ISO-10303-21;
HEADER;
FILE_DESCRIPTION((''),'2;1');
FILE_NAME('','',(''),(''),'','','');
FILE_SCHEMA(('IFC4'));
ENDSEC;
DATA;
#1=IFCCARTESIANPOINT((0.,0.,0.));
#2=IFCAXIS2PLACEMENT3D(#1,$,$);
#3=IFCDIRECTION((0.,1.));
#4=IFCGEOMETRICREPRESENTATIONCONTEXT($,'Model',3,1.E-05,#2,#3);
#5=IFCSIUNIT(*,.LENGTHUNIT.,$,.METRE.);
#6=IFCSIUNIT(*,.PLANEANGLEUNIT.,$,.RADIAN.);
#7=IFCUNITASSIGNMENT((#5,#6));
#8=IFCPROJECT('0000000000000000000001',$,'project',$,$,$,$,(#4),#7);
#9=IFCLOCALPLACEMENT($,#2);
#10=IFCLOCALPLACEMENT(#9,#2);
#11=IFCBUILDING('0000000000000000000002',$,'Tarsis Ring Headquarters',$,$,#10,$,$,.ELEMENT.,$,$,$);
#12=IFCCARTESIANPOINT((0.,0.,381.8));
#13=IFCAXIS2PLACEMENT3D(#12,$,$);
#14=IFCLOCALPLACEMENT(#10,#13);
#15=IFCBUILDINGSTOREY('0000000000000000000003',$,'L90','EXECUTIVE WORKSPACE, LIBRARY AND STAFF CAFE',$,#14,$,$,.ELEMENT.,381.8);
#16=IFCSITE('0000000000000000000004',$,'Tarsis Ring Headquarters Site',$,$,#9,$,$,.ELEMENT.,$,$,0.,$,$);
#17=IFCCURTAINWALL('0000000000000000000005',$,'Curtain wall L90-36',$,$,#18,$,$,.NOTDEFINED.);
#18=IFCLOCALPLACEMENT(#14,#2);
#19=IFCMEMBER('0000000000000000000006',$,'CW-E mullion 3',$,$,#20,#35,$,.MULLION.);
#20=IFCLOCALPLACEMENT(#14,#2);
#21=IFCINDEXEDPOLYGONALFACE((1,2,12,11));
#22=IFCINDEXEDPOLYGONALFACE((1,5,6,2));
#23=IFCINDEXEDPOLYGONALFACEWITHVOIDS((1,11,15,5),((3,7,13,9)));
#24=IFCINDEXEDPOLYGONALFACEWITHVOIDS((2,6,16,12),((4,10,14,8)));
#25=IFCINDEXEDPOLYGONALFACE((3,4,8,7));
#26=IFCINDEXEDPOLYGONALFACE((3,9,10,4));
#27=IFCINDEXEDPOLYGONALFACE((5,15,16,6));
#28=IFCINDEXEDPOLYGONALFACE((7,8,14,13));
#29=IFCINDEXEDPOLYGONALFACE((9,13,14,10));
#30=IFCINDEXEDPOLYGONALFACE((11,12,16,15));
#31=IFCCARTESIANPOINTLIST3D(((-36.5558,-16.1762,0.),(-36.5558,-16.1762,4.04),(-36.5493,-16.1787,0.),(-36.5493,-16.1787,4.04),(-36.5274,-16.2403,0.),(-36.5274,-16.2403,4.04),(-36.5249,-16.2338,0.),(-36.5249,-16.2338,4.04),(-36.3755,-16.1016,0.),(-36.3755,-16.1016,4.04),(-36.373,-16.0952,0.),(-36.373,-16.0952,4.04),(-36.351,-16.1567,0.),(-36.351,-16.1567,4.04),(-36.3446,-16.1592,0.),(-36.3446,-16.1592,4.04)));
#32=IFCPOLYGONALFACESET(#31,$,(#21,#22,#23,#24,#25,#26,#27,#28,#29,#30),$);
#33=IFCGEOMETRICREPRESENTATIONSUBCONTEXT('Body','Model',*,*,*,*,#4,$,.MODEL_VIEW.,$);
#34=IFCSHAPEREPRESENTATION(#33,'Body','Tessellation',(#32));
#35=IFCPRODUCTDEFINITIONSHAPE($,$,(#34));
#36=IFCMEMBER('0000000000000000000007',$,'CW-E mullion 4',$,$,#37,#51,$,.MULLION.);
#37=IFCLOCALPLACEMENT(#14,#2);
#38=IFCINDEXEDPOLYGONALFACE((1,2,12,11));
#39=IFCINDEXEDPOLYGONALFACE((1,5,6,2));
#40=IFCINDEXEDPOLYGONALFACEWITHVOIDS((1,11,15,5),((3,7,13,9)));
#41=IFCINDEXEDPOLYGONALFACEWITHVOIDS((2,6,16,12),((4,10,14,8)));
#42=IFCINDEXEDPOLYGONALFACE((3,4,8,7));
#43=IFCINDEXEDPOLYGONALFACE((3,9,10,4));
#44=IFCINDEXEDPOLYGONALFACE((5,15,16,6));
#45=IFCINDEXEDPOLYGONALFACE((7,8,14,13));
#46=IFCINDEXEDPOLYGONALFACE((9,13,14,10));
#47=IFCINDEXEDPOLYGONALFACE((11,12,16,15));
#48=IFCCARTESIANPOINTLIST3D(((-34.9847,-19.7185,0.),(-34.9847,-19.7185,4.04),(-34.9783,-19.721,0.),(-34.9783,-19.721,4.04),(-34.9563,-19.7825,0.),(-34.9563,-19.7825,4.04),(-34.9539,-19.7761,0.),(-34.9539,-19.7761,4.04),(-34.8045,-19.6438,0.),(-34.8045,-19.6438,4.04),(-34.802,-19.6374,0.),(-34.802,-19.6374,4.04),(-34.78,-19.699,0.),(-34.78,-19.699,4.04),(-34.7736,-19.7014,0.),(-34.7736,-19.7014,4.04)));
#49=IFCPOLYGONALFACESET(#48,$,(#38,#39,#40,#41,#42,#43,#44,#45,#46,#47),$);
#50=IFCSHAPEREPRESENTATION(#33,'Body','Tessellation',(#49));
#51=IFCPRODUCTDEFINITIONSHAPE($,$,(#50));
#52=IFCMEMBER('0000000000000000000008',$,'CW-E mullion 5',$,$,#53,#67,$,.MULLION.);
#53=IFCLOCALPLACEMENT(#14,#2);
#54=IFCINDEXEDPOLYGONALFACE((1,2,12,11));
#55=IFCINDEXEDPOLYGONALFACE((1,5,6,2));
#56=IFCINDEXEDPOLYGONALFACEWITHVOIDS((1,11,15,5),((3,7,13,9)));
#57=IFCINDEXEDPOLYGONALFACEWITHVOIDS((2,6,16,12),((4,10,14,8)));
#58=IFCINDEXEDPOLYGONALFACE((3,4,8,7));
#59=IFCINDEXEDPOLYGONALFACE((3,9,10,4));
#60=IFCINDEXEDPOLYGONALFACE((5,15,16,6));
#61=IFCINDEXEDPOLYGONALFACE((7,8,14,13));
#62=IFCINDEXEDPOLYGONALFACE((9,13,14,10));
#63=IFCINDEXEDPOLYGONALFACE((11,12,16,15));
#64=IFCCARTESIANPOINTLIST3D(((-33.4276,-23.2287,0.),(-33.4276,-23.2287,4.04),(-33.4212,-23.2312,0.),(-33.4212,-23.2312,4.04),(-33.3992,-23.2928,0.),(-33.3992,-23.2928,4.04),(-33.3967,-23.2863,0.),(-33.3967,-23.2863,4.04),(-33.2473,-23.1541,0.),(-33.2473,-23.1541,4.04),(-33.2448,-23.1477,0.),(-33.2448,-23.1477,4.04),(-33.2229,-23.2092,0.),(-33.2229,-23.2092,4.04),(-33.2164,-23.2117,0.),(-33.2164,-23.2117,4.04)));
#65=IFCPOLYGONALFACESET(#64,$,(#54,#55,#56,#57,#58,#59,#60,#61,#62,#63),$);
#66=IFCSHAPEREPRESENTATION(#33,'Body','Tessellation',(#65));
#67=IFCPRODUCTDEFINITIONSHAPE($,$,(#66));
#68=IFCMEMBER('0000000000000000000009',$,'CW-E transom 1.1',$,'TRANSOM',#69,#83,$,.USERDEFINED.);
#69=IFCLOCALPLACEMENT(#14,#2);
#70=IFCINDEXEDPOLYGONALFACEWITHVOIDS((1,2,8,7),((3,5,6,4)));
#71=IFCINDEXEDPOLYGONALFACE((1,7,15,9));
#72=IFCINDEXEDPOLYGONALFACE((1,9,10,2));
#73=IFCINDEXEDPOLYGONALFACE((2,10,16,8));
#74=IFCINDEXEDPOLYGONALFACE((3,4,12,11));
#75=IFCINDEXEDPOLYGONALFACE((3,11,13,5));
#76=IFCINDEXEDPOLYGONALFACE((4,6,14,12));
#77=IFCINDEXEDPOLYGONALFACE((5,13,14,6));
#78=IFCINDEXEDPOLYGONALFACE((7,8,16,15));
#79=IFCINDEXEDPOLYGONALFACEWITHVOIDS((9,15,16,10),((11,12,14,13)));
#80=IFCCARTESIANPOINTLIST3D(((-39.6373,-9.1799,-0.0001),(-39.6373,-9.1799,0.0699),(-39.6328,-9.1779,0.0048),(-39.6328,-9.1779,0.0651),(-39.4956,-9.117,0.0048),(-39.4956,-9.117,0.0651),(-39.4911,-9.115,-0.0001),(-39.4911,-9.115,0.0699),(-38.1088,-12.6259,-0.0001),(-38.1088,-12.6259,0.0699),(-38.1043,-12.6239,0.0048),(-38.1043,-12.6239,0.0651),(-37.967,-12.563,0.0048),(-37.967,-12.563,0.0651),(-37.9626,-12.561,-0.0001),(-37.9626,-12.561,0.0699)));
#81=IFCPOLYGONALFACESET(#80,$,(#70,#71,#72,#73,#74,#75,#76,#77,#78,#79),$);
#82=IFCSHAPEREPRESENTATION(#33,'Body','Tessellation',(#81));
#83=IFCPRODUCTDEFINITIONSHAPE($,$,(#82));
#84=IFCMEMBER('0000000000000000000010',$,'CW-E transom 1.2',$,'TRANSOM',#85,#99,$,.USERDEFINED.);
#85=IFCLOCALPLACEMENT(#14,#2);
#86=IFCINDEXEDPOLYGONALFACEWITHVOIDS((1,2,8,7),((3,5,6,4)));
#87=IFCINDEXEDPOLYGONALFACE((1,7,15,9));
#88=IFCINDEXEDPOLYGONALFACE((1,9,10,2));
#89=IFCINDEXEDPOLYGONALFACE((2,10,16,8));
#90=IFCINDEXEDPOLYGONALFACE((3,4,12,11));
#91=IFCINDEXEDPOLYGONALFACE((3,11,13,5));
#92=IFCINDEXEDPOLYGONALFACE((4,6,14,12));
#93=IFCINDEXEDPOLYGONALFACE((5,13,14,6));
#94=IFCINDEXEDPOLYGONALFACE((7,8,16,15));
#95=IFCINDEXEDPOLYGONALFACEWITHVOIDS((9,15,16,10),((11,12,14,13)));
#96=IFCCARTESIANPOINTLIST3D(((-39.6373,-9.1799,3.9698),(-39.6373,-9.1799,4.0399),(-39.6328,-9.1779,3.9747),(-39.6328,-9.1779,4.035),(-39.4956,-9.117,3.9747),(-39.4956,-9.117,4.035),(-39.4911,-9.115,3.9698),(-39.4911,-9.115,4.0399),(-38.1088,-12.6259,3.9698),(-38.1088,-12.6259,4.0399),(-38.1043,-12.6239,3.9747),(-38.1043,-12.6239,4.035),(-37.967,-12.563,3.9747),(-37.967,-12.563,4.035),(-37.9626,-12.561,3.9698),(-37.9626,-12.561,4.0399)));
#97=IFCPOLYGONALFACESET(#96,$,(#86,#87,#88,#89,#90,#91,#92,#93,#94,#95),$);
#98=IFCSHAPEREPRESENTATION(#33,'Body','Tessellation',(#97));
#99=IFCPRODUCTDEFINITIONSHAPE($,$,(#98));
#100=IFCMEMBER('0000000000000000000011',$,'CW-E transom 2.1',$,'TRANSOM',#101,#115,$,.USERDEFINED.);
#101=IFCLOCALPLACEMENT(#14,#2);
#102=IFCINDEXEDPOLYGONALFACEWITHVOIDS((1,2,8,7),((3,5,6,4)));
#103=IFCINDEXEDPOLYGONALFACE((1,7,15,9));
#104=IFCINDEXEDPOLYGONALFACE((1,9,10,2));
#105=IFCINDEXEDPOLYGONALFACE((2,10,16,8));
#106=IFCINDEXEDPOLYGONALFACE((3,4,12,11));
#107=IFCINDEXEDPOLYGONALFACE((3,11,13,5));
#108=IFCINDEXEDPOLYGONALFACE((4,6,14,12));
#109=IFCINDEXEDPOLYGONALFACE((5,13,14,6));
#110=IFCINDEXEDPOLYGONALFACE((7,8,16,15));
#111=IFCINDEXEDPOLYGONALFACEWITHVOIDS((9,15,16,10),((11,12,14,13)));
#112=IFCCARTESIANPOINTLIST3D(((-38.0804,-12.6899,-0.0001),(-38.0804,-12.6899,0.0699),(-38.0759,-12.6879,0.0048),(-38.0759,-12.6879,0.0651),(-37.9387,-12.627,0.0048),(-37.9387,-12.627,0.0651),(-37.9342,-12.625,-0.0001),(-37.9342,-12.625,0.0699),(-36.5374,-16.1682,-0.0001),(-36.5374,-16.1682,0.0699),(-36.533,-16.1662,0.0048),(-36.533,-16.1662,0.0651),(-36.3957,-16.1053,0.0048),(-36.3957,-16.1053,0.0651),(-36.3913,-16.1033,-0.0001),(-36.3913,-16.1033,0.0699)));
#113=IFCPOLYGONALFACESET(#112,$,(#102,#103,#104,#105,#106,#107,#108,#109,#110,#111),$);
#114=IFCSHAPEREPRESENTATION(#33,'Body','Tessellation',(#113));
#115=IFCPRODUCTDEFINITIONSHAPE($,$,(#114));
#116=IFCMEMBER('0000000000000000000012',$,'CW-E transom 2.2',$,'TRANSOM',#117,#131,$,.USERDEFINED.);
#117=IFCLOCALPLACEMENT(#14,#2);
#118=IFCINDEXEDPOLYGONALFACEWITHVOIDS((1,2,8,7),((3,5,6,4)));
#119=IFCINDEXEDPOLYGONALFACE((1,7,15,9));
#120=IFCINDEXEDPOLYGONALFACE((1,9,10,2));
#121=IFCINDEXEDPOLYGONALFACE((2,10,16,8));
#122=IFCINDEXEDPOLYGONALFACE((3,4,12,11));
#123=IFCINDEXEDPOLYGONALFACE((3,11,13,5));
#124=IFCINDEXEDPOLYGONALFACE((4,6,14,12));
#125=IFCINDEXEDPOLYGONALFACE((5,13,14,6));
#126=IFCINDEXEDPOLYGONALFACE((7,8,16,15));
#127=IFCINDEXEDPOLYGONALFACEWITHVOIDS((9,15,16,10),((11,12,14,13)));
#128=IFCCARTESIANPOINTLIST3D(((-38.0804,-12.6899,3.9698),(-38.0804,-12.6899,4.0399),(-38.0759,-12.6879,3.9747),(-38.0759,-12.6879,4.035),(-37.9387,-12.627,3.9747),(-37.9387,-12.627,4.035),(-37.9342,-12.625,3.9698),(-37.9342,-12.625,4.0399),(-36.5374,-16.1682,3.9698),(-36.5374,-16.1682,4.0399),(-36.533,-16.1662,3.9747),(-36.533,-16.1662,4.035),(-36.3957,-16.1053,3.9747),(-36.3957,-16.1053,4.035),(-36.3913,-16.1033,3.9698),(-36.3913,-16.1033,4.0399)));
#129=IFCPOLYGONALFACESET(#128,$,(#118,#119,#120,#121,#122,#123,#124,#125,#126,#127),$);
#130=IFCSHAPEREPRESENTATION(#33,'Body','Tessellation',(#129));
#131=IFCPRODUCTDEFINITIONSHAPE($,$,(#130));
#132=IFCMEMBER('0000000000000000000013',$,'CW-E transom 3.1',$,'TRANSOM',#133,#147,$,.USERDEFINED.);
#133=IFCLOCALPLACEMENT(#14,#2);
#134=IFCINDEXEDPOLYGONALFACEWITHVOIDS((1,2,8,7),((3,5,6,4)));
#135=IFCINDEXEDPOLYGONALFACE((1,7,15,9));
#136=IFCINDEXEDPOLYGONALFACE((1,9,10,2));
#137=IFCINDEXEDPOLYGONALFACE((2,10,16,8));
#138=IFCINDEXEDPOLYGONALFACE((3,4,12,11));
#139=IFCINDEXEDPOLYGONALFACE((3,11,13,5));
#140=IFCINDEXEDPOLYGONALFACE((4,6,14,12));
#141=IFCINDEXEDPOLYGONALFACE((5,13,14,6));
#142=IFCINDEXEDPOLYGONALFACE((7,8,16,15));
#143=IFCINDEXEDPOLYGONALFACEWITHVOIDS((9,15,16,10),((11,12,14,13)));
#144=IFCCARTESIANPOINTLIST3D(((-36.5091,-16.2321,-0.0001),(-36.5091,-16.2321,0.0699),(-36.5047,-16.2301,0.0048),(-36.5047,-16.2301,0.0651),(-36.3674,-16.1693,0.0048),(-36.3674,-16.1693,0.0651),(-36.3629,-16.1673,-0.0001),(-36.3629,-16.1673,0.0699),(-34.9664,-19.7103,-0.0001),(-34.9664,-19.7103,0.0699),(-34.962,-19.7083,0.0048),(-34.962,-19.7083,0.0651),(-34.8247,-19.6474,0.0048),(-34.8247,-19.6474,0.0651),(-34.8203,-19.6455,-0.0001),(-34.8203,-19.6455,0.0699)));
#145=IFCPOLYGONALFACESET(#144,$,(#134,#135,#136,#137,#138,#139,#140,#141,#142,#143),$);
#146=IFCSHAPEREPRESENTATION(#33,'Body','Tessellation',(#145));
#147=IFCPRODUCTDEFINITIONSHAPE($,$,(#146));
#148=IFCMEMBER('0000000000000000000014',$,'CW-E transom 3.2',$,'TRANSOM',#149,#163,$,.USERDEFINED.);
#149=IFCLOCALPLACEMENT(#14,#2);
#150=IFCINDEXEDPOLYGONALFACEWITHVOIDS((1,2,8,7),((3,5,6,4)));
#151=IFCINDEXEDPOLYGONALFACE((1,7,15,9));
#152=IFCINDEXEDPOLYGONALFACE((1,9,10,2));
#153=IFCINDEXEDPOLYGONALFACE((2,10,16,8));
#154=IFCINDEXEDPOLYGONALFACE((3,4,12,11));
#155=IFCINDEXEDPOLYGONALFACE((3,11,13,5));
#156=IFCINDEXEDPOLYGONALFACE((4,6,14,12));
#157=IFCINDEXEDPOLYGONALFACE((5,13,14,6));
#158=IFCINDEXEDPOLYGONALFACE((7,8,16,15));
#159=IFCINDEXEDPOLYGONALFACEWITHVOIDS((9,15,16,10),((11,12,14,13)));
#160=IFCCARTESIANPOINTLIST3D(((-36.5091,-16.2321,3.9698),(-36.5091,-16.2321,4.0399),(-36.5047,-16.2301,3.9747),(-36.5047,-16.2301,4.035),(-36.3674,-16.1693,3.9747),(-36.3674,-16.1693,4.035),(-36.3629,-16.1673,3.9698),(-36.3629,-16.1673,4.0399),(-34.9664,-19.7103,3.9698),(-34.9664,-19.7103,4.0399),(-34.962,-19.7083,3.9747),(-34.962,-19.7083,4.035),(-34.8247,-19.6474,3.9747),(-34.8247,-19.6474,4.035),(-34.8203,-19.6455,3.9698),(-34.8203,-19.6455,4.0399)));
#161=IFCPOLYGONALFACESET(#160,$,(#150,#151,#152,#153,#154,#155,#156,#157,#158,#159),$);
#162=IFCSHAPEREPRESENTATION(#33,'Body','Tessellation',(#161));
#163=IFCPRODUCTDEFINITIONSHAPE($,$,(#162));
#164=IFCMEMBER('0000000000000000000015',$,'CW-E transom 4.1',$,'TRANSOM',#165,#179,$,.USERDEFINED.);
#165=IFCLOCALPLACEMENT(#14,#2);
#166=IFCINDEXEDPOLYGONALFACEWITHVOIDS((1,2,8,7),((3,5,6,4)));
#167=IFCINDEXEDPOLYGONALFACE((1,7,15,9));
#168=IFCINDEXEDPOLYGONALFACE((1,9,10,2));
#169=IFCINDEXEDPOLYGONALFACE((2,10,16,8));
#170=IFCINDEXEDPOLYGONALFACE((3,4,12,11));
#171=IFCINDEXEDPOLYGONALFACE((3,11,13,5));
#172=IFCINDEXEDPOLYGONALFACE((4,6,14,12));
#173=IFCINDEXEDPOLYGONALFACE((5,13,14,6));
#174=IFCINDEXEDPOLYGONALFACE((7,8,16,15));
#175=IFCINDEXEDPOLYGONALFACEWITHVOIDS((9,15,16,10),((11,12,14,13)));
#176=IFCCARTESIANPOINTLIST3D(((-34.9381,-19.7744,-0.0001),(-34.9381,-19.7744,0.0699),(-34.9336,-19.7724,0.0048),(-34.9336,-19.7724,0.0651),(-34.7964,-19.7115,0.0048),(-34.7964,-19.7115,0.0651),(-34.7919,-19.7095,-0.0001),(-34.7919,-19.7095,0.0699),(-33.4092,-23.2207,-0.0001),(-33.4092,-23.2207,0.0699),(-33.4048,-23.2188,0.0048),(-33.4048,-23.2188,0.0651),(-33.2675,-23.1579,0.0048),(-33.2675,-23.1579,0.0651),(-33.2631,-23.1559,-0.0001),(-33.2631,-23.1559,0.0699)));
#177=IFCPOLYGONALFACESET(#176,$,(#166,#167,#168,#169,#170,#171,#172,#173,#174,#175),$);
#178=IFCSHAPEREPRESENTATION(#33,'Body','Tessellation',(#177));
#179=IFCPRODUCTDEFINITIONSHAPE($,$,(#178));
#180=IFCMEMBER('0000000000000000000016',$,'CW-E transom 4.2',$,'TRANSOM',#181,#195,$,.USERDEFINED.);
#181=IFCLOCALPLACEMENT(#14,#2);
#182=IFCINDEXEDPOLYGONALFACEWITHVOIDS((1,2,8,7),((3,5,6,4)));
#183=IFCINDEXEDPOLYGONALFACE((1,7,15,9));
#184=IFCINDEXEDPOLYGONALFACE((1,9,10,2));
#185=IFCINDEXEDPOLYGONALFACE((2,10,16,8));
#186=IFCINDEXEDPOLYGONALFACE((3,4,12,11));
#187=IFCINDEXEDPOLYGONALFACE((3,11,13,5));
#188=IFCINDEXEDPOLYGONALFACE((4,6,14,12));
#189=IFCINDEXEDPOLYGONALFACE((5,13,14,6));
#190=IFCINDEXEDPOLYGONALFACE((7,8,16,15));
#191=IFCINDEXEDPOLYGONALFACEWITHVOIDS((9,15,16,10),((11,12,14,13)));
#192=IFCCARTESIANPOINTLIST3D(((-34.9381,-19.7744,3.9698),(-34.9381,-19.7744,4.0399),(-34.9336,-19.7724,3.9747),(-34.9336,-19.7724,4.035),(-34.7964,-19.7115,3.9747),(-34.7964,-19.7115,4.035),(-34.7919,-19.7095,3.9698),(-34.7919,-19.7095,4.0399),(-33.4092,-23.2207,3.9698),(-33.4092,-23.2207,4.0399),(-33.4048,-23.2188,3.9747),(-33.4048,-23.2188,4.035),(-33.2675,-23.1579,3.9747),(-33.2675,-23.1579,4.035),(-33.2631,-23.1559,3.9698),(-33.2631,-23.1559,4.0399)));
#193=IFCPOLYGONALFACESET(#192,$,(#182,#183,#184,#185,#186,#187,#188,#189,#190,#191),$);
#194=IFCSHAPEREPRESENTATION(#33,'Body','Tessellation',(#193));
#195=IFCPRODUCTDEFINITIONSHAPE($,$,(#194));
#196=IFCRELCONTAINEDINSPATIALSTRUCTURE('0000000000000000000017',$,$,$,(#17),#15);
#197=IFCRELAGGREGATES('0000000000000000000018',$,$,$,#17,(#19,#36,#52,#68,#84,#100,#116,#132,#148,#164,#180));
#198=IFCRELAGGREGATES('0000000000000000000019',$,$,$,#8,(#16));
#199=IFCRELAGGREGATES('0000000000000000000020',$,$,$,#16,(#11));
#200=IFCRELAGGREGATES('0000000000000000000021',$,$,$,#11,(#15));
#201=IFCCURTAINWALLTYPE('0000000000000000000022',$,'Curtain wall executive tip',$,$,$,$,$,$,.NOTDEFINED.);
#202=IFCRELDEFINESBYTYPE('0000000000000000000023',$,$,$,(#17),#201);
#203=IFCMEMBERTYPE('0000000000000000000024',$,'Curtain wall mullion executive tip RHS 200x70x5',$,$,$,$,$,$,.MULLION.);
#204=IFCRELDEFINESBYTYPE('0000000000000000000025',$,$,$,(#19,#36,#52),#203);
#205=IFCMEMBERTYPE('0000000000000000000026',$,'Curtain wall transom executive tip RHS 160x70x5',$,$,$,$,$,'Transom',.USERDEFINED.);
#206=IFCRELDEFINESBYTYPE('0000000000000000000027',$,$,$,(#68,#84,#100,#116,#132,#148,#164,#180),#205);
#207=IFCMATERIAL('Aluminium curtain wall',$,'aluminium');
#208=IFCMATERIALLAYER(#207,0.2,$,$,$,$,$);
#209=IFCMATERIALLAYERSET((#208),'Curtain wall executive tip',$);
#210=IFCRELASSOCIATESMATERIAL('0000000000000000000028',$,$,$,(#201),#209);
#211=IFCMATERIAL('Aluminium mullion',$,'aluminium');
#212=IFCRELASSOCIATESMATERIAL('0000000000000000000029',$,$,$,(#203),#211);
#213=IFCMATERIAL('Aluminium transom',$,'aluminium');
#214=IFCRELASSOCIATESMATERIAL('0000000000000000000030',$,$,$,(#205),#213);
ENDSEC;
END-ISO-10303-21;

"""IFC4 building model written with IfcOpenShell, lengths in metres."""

from ifc_helpers import new_model, si_unit, direction, frame, origin, origin_2d, place, context, subcontext, project, spatial, hollow_rectangle, extrude, material, layer, layer_set, material_profile, profile_set, type_object, element, aggregate, save


model = new_model("IFC4")

# Units and contexts
model_context = context("Model", 3, precision=1e-05, world=origin(), true_north=direction((0.0, 1.0)))
body_context = subcontext(model_context, "Body", "Model", "MODEL_VIEW")
ifc_project = project(units=[si_unit("LENGTHUNIT", "METRE"), si_unit("PLANEANGLEUNIT", "RADIAN")], contexts=[model_context])

# Site, building, storey
site_placement = place(None, origin())
site = spatial("IfcSite", under=ifc_project, at=site_placement, Name="Tarsis Ring Headquarters Site", CompositionType="ELEMENT", RefElevation=0.0)
building_placement = place(site_placement, origin())
building = spatial("IfcBuilding", under=site, at=building_placement, Name="Tarsis Ring Headquarters", CompositionType="ELEMENT")
storey_placement = place(building_placement, frame((0.0, 0.0, 381.8)))
storey = spatial("IfcBuildingStorey", under=building, at=storey_placement, Name="L90", Description="EXECUTIVE WORKSPACE, LIBRARY AND STAFF CAFE", CompositionType="ELEMENT", Elevation=381.8)

# Curtain wall, members
ifc_material_1 = material(Name="Aluminium curtain wall", Category="aluminium")
ifc_layer_1 = layer(ifc_material_1, 0.2)
ifc_layer_set_1 = layer_set([ifc_layer_1], Name="Curtain wall executive tip")
curtain_wall_type = type_object("IfcCurtainWallType", Name="Curtain wall executive tip", PredefinedType="NOTDEFINED", material=ifc_layer_set_1)
curtain_wall_placement = place(storey_placement, origin())
curtain_wall = element("IfcCurtainWall", 1, at=curtain_wall_placement, inside=storey, type_object=curtain_wall_type, Name="Curtain wall L90-36", PredefinedType="NOTDEFINED")
ifc_material_2 = material(Name="Aluminium mullion", Category="aluminium")
ifc_material_profile_1 = material_profile(ifc_material_2, hollow_rectangle(XDim=0.2, YDim=0.0701, WallThickness=0.0049, at=origin_2d()), Name="RHS 200x70x5")
ifc_profile_set_1 = profile_set([ifc_material_profile_1], Name="Aluminium mullion")
member_type_1 = type_object("IfcMemberType", Name="Curtain wall mullion executive tip RHS 200x70x5", PredefinedType="MULLION", material=ifc_profile_set_1)
member_1_placement = place(storey_placement, frame((-36.4502, -16.1677, 0.0), z_axis=(0.0, 0.0, 1.0), x_axis=(0.914112, 0.405461, 0.0)))
member_1 = element("IfcMember", 2, at=member_1_placement, type_object=member_type_1, Name="CW-E mullion 3", PredefinedType="MULLION", context=body_context, shape_type="SweptSolid", body=[
    extrude(hollow_rectangle(XDim=0.2, YDim=0.0701, WallThickness=0.0049, at=origin_2d()), origin(), (0.0, 0.0, 1.0), 4.04),
])
member_2_placement = place(storey_placement, frame((-34.8792, -19.71, 0.0), z_axis=(0.0, 0.0, 1.0), x_axis=(0.914112, 0.405461, 0.0)))
member_2 = element("IfcMember", 3, at=member_2_placement, type_object=member_type_1, Name="CW-E mullion 4", PredefinedType="MULLION", context=body_context, shape_type="SweptSolid", body=[
    extrude(hollow_rectangle(XDim=0.2, YDim=0.0701, WallThickness=0.0049, at=origin_2d()), origin(), (0.0, 0.0, 1.0), 4.04),
])
member_3_placement = place(storey_placement, frame((-33.322, -23.2202, 0.0), z_axis=(0.0, 0.0, 1.0), x_axis=(0.914112, 0.405461, 0.0)))
member_3 = element("IfcMember", 4, at=member_3_placement, type_object=member_type_1, Name="CW-E mullion 5", PredefinedType="MULLION", context=body_context, shape_type="SweptSolid", body=[
    extrude(hollow_rectangle(XDim=0.2, YDim=0.0701, WallThickness=0.0049, at=origin_2d()), origin(), (0.0, 0.0, 1.0), 4.04),
])
ifc_material_3 = material(Name="Aluminium transom", Category="aluminium")
ifc_material_profile_2 = material_profile(ifc_material_3, hollow_rectangle(XDim=0.1599, YDim=0.0701, WallThickness=0.0049, at=origin_2d()), Name="RHS 160x70x5")
ifc_profile_set_2 = profile_set([ifc_material_profile_2], Name="Aluminium transom")
member_type_2 = type_object("IfcMemberType", Name="Curtain wall transom executive tip RHS 160x70x5", ElementType="Transom", PredefinedType="USERDEFINED", material=ifc_profile_set_2)
member_4_placement = place(storey_placement, frame((-39.5642, -9.1475, 0.0349), z_axis=(0.405471, -0.914108, 0.0), x_axis=(0.914108, 0.405471, 0.0)))
member_4 = element("IfcMember", 5, at=member_4_placement, type_object=member_type_2, Name="CW-E transom 1.1", ObjectType="TRANSOM", PredefinedType="USERDEFINED", context=body_context, shape_type="SweptSolid", body=[
    extrude(hollow_rectangle(XDim=0.1599, YDim=0.0701, WallThickness=0.0049, at=origin_2d()), origin(), (0.0, 0.0, 1.0), 3.7698),
])
member_5_placement = place(storey_placement, frame((-39.5642, -9.1475, 4.0049), z_axis=(0.405471, -0.914108, 0.0), x_axis=(0.914108, 0.405471, 0.0)))
member_5 = element("IfcMember", 6, at=member_5_placement, type_object=member_type_2, Name="CW-E transom 1.2", ObjectType="TRANSOM", PredefinedType="USERDEFINED", context=body_context, shape_type="SweptSolid", body=[
    extrude(hollow_rectangle(XDim=0.1599, YDim=0.0701, WallThickness=0.0049, at=origin_2d()), origin(), (0.0, 0.0, 1.0), 3.7698),
])
member_6_placement = place(storey_placement, frame((-38.0073, -12.6575, 0.0349), z_axis=(0.405495, -0.914097, 0.0), x_axis=(0.914097, 0.405495, 0.0)))
member_6 = element("IfcMember", 7, at=member_6_placement, type_object=member_type_2, Name="CW-E transom 2.1", ObjectType="TRANSOM", PredefinedType="USERDEFINED", context=body_context, shape_type="SweptSolid", body=[
    extrude(hollow_rectangle(XDim=0.1599, YDim=0.0701, WallThickness=0.0049, at=origin_2d()), origin(), (0.0, 0.0, 1.0), 3.8052),
])
member_7_placement = place(storey_placement, frame((-38.0073, -12.6575, 4.0049), z_axis=(0.405495, -0.914097, 0.0), x_axis=(0.914097, 0.405495, 0.0)))
member_7 = element("IfcMember", 8, at=member_7_placement, type_object=member_type_2, Name="CW-E transom 2.2", ObjectType="TRANSOM", PredefinedType="USERDEFINED", context=body_context, shape_type="SweptSolid", body=[
    extrude(hollow_rectangle(XDim=0.1599, YDim=0.0701, WallThickness=0.0049, at=origin_2d()), origin(), (0.0, 0.0, 1.0), 3.8052),
])
member_8_placement = place(storey_placement, frame((-36.436, -16.1997, 0.0349), z_axis=(0.405442, -0.914121, 0.0), x_axis=(0.914121, 0.405442, 0.0)))
member_8 = element("IfcMember", 9, at=member_8_placement, type_object=member_type_2, Name="CW-E transom 3.1", ObjectType="TRANSOM", PredefinedType="USERDEFINED", context=body_context, shape_type="SweptSolid", body=[
    extrude(hollow_rectangle(XDim=0.1599, YDim=0.0701, WallThickness=0.0049, at=origin_2d()), origin(), (0.0, 0.0, 1.0), 3.8049),
])
member_9_placement = place(storey_placement, frame((-36.436, -16.1997, 4.0049), z_axis=(0.405442, -0.914121, 0.0), x_axis=(0.914121, 0.405442, 0.0)))
member_9 = element("IfcMember", 10, at=member_9_placement, type_object=member_type_2, Name="CW-E transom 3.2", ObjectType="TRANSOM", PredefinedType="USERDEFINED", context=body_context, shape_type="SweptSolid", body=[
    extrude(hollow_rectangle(XDim=0.1599, YDim=0.0701, WallThickness=0.0049, at=origin_2d()), origin(), (0.0, 0.0, 1.0), 3.8049),
])
member_10_placement = place(storey_placement, frame((-34.865, -19.7419, 0.0349), z_axis=(0.405501, -0.914094, 0.0), x_axis=(0.914094, 0.405501, 0.0)))
member_10 = element("IfcMember", 11, at=member_10_placement, type_object=member_type_2, Name="CW-E transom 4.1", ObjectType="TRANSOM", PredefinedType="USERDEFINED", context=body_context, shape_type="SweptSolid", body=[
    extrude(hollow_rectangle(XDim=0.1599, YDim=0.0701, WallThickness=0.0049, at=origin_2d()), origin(), (0.0, 0.0, 1.0), 3.7703),
])
member_11_placement = place(storey_placement, frame((-34.865, -19.7419, 4.0049), z_axis=(0.405501, -0.914094, 0.0), x_axis=(0.914094, 0.405501, 0.0)))
member_11 = element("IfcMember", 12, at=member_11_placement, type_object=member_type_2, Name="CW-E transom 4.2", ObjectType="TRANSOM", PredefinedType="USERDEFINED", context=body_context, shape_type="SweptSolid", body=[
    extrude(hollow_rectangle(XDim=0.1599, YDim=0.0701, WallThickness=0.0049, at=origin_2d()), origin(), (0.0, 0.0, 1.0), 3.7703),
])

aggregate(curtain_wall, [member_1, member_2, member_3, member_4, member_5, member_6, member_7, member_8, member_9, member_10, member_11])

save(model, "model.ifc")
